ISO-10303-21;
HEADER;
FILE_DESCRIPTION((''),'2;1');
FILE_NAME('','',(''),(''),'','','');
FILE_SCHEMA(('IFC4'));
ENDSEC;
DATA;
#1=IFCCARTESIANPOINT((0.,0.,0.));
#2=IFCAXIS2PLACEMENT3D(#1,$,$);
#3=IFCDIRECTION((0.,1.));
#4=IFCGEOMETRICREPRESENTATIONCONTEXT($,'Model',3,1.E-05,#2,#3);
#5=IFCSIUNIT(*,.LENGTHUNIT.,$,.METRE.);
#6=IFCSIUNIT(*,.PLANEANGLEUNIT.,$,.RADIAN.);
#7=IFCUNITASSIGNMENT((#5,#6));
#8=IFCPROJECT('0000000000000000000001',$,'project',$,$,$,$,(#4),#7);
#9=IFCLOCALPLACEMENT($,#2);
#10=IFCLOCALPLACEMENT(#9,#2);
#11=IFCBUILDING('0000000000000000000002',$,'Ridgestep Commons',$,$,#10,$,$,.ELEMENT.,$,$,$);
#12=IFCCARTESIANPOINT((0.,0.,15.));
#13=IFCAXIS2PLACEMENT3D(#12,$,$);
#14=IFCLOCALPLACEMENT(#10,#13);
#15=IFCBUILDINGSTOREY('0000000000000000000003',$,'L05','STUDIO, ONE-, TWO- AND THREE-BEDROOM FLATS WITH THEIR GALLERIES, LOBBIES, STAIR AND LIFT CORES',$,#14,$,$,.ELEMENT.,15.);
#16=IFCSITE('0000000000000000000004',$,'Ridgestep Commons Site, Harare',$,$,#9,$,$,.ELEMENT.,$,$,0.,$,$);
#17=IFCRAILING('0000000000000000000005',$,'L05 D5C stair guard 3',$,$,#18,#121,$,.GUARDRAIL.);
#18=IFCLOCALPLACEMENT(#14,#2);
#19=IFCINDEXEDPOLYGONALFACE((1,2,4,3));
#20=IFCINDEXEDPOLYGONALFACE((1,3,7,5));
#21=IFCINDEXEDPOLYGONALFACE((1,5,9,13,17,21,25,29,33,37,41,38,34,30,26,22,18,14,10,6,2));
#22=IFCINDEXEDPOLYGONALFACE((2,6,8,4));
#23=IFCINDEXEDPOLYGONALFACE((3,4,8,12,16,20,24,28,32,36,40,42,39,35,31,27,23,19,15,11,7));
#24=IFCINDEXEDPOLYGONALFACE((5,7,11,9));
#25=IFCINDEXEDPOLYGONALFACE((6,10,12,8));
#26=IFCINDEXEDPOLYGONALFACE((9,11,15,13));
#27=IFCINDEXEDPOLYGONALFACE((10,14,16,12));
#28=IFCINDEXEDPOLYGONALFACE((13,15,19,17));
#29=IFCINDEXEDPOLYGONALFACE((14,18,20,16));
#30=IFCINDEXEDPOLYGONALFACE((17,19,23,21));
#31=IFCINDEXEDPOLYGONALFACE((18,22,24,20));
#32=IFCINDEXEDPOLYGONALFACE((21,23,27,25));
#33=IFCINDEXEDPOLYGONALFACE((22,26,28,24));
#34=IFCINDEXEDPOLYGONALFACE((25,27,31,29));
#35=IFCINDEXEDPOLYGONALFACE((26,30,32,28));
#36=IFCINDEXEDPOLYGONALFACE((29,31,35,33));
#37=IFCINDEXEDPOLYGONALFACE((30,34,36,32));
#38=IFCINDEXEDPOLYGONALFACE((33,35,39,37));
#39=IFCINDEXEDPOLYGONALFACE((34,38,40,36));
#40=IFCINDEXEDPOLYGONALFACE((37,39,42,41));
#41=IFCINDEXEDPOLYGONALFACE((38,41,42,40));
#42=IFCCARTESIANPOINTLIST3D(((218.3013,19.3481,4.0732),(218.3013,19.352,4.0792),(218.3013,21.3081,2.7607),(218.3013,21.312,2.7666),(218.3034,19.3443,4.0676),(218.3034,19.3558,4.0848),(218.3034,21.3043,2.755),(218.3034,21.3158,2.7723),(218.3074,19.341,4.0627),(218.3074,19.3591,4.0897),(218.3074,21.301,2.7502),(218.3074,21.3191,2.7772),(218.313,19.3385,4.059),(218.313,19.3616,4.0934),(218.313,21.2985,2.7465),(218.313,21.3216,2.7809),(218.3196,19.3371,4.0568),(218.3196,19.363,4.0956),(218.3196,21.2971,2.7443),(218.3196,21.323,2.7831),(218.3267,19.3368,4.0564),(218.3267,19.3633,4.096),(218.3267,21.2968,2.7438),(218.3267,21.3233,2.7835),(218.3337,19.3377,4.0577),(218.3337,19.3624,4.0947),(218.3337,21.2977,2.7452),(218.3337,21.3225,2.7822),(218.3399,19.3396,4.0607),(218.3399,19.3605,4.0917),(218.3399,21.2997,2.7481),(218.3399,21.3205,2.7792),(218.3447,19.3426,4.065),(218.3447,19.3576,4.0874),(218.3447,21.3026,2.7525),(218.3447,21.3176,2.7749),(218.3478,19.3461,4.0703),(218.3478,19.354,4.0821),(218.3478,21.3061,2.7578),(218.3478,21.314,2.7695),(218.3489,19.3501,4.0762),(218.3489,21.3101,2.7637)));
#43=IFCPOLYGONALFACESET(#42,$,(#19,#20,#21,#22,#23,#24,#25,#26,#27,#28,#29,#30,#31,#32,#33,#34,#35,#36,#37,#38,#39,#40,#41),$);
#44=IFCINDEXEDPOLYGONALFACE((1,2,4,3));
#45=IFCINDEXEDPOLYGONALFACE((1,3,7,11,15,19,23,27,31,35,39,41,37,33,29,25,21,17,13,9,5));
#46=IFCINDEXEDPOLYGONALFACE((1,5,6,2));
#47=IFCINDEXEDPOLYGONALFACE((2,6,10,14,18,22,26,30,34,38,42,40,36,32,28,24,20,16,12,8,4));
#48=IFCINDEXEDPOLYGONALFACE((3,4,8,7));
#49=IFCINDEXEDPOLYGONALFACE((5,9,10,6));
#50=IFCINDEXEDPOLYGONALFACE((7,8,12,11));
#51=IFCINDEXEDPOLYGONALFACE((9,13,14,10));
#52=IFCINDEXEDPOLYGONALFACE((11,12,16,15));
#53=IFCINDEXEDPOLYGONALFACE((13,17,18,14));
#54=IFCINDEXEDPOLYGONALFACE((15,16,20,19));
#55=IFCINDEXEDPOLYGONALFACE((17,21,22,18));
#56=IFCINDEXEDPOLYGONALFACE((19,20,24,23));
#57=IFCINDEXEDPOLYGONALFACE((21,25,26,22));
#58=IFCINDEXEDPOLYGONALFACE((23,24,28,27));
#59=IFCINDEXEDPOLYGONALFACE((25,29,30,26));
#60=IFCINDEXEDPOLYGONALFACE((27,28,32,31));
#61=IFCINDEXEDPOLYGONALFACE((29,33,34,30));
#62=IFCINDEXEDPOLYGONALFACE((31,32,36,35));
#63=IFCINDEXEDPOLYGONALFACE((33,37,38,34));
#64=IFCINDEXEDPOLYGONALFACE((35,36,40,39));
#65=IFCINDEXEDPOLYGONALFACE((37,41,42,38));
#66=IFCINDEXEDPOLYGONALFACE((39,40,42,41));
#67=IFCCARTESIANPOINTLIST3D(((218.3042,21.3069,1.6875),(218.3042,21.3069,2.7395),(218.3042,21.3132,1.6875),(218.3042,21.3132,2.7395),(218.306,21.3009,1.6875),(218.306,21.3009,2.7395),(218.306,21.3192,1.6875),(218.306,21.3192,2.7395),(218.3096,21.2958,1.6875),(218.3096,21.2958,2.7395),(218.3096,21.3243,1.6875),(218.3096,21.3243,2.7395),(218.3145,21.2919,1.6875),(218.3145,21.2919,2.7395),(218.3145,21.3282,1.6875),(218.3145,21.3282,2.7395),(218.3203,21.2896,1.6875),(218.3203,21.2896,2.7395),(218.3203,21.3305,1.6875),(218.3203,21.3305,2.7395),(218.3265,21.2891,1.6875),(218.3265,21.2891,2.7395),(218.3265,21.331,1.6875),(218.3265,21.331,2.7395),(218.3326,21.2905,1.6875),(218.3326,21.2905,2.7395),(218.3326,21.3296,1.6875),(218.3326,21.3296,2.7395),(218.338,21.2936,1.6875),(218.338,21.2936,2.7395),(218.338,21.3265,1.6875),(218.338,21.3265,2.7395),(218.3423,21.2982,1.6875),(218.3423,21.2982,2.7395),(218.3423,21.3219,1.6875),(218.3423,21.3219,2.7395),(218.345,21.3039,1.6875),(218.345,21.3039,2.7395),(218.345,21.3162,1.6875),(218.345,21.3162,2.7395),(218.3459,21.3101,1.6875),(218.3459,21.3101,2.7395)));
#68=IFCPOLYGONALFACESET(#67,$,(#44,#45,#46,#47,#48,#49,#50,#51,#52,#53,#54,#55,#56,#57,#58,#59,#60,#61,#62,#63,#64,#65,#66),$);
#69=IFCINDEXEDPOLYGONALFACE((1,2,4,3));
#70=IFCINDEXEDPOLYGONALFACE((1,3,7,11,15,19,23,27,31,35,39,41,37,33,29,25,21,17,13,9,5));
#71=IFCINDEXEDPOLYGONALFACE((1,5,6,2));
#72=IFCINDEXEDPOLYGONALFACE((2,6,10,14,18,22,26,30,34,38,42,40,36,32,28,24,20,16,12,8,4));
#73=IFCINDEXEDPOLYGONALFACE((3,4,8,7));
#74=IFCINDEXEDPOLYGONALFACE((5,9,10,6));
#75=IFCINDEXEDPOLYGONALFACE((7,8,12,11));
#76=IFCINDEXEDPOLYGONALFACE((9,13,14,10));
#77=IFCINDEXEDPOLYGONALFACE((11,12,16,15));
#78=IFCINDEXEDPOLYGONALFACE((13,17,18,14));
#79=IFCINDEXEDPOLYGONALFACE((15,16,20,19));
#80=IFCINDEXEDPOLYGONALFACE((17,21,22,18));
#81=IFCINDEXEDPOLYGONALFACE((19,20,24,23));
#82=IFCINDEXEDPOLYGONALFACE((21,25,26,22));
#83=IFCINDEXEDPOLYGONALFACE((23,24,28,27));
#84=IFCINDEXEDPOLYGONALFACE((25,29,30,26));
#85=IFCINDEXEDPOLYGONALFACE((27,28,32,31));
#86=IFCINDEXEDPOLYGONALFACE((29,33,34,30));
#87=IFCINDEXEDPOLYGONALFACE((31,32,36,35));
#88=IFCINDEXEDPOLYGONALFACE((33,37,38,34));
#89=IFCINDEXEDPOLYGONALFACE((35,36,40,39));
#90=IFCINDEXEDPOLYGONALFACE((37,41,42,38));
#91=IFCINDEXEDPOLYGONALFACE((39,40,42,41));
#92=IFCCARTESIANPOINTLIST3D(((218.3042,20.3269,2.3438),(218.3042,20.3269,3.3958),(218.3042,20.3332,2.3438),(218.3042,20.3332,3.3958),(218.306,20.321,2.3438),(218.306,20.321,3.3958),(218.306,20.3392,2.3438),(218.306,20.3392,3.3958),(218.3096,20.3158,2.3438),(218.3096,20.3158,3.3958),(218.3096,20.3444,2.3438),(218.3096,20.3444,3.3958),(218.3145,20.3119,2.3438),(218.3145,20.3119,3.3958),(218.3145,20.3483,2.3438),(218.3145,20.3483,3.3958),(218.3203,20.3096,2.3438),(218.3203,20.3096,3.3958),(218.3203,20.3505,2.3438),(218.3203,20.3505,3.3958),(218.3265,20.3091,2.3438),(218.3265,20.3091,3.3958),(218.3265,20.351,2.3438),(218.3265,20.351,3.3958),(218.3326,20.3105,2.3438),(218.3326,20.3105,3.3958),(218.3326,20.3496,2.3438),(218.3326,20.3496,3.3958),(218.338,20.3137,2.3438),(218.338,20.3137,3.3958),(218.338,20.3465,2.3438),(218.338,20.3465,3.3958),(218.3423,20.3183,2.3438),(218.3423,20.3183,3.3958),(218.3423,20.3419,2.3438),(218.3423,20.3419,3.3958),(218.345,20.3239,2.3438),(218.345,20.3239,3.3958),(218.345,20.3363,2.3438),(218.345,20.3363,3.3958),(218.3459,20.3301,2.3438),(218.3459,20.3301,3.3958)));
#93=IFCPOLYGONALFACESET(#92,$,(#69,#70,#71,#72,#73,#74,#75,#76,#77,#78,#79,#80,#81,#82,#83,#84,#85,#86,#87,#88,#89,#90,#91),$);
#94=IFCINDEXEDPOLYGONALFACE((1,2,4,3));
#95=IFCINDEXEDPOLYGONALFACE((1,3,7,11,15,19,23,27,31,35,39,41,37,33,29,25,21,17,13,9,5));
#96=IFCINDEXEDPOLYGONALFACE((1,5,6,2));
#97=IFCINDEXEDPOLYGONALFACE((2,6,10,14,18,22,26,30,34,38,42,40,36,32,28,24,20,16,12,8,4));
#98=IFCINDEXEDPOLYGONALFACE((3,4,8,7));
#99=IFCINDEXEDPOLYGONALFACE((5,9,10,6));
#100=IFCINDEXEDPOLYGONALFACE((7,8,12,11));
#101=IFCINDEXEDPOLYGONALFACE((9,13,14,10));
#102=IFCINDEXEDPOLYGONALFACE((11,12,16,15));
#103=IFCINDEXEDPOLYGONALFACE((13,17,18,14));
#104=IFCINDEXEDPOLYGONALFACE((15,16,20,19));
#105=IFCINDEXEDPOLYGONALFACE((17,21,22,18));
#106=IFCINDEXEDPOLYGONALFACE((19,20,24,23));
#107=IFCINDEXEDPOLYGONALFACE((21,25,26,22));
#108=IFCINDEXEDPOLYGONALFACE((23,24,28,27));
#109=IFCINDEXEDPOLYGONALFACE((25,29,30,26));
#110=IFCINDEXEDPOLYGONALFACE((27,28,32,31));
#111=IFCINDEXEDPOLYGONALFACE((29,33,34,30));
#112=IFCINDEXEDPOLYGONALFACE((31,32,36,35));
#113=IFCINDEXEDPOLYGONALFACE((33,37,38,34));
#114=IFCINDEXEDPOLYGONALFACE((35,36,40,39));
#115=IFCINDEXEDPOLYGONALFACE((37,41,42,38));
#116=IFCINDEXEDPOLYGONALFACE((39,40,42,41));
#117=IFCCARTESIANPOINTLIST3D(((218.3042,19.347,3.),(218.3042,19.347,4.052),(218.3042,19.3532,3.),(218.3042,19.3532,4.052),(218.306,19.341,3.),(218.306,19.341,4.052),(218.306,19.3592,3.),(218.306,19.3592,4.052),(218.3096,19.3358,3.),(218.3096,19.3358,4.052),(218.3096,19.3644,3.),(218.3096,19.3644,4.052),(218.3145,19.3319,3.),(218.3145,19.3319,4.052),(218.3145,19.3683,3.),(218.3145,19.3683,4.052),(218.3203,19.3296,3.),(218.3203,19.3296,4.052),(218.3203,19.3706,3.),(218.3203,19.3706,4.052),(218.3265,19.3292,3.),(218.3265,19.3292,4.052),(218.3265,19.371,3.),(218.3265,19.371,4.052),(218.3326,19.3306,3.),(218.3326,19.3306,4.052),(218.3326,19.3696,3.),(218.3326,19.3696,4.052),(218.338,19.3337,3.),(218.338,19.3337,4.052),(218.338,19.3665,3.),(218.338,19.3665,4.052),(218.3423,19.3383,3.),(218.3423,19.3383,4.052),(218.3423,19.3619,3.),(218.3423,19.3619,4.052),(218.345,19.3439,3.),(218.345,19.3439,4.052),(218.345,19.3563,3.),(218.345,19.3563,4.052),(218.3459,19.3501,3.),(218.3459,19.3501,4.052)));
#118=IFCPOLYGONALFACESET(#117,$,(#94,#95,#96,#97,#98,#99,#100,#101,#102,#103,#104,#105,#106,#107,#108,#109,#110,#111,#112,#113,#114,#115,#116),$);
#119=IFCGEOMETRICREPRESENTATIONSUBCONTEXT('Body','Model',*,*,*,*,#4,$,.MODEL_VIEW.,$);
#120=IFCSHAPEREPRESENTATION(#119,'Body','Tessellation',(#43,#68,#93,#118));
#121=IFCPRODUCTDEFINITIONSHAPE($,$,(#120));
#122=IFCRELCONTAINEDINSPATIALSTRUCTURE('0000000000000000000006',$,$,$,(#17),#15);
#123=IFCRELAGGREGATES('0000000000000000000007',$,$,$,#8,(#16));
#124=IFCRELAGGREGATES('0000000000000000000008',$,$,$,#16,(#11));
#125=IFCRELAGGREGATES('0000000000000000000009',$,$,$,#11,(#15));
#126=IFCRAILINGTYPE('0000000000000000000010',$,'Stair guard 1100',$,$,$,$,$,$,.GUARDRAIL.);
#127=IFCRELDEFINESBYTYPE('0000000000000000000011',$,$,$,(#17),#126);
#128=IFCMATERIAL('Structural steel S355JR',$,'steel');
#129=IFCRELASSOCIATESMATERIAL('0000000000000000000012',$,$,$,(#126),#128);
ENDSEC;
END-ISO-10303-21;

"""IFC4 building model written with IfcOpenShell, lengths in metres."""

from ifc_helpers import new_model, si_unit, direction, frame, origin, origin_2d, place, context, subcontext, project, spatial, circle, extrude, material, type_object, element, save


model = new_model("IFC4")

# Units and contexts
model_context = context("Model", 3, precision=1e-05, world=origin(), true_north=direction((0.0, 1.0)))
body_context = subcontext(model_context, "Body", "Model", "MODEL_VIEW")
ifc_project = project(units=[si_unit("LENGTHUNIT", "METRE"), si_unit("PLANEANGLEUNIT", "RADIAN")], contexts=[model_context])

# Site, building, storey
site_placement = place(None, origin())
site = spatial("IfcSite", under=ifc_project, at=site_placement, Name="Ridgestep Commons Site, Harare", CompositionType="ELEMENT", RefElevation=0.0)
building_placement = place(site_placement, origin())
building = spatial("IfcBuilding", under=site, at=building_placement, Name="Ridgestep Commons", CompositionType="ELEMENT")
storey_placement = place(building_placement, frame((0.0, 0.0, 15.0)))
storey = spatial("IfcBuildingStorey", under=building, at=storey_placement, Name="L05", Description="STUDIO, ONE-, TWO- AND THREE-BEDROOM FLATS WITH THEIR GALLERIES, LOBBIES, STAIR AND LIFT CORES", CompositionType="ELEMENT", Elevation=15.0)

# Railing
ifc_material_1 = material(Name="Structural steel S355JR", Category="steel")
railing_type_1 = type_object("IfcRailingType", Name="Stair guard 1100", PredefinedType="GUARDRAIL", material=ifc_material_1)
railing_1_placement = place(storey_placement, frame((218.325, 21.3101, 1.6875)))
element("IfcRailing", 1, at=railing_1_placement, inside=storey, type_object=railing_type_1, Name="L05 D5C stair guard 3", PredefinedType="GUARDRAIL", context=body_context, shape_type="SweptSolid", body=[
    extrude(circle(Radius=0.0239, at=origin_2d()), frame((0.0, 0.0, 1.0762), z_axis=(0.0, -0.830902, 0.556419), x_axis=(1.0, 0.0, 0.0)), (0.0, 0.0, 1.0), 2.3589),
    extrude(circle(Radius=0.021, at=origin_2d()), origin(), (0.0, 0.0, 1.0), 1.052),
    extrude(circle(Radius=0.021, at=origin_2d()), frame((0.0, -0.98, 0.6562)), (0.0, 0.0, 1.0), 1.052),
    extrude(circle(Radius=0.021, at=origin_2d()), frame((0.0, -1.96, 1.3125)), (0.0, 0.0, 1.0), 1.052),
])

save(model, "model.ifc")
